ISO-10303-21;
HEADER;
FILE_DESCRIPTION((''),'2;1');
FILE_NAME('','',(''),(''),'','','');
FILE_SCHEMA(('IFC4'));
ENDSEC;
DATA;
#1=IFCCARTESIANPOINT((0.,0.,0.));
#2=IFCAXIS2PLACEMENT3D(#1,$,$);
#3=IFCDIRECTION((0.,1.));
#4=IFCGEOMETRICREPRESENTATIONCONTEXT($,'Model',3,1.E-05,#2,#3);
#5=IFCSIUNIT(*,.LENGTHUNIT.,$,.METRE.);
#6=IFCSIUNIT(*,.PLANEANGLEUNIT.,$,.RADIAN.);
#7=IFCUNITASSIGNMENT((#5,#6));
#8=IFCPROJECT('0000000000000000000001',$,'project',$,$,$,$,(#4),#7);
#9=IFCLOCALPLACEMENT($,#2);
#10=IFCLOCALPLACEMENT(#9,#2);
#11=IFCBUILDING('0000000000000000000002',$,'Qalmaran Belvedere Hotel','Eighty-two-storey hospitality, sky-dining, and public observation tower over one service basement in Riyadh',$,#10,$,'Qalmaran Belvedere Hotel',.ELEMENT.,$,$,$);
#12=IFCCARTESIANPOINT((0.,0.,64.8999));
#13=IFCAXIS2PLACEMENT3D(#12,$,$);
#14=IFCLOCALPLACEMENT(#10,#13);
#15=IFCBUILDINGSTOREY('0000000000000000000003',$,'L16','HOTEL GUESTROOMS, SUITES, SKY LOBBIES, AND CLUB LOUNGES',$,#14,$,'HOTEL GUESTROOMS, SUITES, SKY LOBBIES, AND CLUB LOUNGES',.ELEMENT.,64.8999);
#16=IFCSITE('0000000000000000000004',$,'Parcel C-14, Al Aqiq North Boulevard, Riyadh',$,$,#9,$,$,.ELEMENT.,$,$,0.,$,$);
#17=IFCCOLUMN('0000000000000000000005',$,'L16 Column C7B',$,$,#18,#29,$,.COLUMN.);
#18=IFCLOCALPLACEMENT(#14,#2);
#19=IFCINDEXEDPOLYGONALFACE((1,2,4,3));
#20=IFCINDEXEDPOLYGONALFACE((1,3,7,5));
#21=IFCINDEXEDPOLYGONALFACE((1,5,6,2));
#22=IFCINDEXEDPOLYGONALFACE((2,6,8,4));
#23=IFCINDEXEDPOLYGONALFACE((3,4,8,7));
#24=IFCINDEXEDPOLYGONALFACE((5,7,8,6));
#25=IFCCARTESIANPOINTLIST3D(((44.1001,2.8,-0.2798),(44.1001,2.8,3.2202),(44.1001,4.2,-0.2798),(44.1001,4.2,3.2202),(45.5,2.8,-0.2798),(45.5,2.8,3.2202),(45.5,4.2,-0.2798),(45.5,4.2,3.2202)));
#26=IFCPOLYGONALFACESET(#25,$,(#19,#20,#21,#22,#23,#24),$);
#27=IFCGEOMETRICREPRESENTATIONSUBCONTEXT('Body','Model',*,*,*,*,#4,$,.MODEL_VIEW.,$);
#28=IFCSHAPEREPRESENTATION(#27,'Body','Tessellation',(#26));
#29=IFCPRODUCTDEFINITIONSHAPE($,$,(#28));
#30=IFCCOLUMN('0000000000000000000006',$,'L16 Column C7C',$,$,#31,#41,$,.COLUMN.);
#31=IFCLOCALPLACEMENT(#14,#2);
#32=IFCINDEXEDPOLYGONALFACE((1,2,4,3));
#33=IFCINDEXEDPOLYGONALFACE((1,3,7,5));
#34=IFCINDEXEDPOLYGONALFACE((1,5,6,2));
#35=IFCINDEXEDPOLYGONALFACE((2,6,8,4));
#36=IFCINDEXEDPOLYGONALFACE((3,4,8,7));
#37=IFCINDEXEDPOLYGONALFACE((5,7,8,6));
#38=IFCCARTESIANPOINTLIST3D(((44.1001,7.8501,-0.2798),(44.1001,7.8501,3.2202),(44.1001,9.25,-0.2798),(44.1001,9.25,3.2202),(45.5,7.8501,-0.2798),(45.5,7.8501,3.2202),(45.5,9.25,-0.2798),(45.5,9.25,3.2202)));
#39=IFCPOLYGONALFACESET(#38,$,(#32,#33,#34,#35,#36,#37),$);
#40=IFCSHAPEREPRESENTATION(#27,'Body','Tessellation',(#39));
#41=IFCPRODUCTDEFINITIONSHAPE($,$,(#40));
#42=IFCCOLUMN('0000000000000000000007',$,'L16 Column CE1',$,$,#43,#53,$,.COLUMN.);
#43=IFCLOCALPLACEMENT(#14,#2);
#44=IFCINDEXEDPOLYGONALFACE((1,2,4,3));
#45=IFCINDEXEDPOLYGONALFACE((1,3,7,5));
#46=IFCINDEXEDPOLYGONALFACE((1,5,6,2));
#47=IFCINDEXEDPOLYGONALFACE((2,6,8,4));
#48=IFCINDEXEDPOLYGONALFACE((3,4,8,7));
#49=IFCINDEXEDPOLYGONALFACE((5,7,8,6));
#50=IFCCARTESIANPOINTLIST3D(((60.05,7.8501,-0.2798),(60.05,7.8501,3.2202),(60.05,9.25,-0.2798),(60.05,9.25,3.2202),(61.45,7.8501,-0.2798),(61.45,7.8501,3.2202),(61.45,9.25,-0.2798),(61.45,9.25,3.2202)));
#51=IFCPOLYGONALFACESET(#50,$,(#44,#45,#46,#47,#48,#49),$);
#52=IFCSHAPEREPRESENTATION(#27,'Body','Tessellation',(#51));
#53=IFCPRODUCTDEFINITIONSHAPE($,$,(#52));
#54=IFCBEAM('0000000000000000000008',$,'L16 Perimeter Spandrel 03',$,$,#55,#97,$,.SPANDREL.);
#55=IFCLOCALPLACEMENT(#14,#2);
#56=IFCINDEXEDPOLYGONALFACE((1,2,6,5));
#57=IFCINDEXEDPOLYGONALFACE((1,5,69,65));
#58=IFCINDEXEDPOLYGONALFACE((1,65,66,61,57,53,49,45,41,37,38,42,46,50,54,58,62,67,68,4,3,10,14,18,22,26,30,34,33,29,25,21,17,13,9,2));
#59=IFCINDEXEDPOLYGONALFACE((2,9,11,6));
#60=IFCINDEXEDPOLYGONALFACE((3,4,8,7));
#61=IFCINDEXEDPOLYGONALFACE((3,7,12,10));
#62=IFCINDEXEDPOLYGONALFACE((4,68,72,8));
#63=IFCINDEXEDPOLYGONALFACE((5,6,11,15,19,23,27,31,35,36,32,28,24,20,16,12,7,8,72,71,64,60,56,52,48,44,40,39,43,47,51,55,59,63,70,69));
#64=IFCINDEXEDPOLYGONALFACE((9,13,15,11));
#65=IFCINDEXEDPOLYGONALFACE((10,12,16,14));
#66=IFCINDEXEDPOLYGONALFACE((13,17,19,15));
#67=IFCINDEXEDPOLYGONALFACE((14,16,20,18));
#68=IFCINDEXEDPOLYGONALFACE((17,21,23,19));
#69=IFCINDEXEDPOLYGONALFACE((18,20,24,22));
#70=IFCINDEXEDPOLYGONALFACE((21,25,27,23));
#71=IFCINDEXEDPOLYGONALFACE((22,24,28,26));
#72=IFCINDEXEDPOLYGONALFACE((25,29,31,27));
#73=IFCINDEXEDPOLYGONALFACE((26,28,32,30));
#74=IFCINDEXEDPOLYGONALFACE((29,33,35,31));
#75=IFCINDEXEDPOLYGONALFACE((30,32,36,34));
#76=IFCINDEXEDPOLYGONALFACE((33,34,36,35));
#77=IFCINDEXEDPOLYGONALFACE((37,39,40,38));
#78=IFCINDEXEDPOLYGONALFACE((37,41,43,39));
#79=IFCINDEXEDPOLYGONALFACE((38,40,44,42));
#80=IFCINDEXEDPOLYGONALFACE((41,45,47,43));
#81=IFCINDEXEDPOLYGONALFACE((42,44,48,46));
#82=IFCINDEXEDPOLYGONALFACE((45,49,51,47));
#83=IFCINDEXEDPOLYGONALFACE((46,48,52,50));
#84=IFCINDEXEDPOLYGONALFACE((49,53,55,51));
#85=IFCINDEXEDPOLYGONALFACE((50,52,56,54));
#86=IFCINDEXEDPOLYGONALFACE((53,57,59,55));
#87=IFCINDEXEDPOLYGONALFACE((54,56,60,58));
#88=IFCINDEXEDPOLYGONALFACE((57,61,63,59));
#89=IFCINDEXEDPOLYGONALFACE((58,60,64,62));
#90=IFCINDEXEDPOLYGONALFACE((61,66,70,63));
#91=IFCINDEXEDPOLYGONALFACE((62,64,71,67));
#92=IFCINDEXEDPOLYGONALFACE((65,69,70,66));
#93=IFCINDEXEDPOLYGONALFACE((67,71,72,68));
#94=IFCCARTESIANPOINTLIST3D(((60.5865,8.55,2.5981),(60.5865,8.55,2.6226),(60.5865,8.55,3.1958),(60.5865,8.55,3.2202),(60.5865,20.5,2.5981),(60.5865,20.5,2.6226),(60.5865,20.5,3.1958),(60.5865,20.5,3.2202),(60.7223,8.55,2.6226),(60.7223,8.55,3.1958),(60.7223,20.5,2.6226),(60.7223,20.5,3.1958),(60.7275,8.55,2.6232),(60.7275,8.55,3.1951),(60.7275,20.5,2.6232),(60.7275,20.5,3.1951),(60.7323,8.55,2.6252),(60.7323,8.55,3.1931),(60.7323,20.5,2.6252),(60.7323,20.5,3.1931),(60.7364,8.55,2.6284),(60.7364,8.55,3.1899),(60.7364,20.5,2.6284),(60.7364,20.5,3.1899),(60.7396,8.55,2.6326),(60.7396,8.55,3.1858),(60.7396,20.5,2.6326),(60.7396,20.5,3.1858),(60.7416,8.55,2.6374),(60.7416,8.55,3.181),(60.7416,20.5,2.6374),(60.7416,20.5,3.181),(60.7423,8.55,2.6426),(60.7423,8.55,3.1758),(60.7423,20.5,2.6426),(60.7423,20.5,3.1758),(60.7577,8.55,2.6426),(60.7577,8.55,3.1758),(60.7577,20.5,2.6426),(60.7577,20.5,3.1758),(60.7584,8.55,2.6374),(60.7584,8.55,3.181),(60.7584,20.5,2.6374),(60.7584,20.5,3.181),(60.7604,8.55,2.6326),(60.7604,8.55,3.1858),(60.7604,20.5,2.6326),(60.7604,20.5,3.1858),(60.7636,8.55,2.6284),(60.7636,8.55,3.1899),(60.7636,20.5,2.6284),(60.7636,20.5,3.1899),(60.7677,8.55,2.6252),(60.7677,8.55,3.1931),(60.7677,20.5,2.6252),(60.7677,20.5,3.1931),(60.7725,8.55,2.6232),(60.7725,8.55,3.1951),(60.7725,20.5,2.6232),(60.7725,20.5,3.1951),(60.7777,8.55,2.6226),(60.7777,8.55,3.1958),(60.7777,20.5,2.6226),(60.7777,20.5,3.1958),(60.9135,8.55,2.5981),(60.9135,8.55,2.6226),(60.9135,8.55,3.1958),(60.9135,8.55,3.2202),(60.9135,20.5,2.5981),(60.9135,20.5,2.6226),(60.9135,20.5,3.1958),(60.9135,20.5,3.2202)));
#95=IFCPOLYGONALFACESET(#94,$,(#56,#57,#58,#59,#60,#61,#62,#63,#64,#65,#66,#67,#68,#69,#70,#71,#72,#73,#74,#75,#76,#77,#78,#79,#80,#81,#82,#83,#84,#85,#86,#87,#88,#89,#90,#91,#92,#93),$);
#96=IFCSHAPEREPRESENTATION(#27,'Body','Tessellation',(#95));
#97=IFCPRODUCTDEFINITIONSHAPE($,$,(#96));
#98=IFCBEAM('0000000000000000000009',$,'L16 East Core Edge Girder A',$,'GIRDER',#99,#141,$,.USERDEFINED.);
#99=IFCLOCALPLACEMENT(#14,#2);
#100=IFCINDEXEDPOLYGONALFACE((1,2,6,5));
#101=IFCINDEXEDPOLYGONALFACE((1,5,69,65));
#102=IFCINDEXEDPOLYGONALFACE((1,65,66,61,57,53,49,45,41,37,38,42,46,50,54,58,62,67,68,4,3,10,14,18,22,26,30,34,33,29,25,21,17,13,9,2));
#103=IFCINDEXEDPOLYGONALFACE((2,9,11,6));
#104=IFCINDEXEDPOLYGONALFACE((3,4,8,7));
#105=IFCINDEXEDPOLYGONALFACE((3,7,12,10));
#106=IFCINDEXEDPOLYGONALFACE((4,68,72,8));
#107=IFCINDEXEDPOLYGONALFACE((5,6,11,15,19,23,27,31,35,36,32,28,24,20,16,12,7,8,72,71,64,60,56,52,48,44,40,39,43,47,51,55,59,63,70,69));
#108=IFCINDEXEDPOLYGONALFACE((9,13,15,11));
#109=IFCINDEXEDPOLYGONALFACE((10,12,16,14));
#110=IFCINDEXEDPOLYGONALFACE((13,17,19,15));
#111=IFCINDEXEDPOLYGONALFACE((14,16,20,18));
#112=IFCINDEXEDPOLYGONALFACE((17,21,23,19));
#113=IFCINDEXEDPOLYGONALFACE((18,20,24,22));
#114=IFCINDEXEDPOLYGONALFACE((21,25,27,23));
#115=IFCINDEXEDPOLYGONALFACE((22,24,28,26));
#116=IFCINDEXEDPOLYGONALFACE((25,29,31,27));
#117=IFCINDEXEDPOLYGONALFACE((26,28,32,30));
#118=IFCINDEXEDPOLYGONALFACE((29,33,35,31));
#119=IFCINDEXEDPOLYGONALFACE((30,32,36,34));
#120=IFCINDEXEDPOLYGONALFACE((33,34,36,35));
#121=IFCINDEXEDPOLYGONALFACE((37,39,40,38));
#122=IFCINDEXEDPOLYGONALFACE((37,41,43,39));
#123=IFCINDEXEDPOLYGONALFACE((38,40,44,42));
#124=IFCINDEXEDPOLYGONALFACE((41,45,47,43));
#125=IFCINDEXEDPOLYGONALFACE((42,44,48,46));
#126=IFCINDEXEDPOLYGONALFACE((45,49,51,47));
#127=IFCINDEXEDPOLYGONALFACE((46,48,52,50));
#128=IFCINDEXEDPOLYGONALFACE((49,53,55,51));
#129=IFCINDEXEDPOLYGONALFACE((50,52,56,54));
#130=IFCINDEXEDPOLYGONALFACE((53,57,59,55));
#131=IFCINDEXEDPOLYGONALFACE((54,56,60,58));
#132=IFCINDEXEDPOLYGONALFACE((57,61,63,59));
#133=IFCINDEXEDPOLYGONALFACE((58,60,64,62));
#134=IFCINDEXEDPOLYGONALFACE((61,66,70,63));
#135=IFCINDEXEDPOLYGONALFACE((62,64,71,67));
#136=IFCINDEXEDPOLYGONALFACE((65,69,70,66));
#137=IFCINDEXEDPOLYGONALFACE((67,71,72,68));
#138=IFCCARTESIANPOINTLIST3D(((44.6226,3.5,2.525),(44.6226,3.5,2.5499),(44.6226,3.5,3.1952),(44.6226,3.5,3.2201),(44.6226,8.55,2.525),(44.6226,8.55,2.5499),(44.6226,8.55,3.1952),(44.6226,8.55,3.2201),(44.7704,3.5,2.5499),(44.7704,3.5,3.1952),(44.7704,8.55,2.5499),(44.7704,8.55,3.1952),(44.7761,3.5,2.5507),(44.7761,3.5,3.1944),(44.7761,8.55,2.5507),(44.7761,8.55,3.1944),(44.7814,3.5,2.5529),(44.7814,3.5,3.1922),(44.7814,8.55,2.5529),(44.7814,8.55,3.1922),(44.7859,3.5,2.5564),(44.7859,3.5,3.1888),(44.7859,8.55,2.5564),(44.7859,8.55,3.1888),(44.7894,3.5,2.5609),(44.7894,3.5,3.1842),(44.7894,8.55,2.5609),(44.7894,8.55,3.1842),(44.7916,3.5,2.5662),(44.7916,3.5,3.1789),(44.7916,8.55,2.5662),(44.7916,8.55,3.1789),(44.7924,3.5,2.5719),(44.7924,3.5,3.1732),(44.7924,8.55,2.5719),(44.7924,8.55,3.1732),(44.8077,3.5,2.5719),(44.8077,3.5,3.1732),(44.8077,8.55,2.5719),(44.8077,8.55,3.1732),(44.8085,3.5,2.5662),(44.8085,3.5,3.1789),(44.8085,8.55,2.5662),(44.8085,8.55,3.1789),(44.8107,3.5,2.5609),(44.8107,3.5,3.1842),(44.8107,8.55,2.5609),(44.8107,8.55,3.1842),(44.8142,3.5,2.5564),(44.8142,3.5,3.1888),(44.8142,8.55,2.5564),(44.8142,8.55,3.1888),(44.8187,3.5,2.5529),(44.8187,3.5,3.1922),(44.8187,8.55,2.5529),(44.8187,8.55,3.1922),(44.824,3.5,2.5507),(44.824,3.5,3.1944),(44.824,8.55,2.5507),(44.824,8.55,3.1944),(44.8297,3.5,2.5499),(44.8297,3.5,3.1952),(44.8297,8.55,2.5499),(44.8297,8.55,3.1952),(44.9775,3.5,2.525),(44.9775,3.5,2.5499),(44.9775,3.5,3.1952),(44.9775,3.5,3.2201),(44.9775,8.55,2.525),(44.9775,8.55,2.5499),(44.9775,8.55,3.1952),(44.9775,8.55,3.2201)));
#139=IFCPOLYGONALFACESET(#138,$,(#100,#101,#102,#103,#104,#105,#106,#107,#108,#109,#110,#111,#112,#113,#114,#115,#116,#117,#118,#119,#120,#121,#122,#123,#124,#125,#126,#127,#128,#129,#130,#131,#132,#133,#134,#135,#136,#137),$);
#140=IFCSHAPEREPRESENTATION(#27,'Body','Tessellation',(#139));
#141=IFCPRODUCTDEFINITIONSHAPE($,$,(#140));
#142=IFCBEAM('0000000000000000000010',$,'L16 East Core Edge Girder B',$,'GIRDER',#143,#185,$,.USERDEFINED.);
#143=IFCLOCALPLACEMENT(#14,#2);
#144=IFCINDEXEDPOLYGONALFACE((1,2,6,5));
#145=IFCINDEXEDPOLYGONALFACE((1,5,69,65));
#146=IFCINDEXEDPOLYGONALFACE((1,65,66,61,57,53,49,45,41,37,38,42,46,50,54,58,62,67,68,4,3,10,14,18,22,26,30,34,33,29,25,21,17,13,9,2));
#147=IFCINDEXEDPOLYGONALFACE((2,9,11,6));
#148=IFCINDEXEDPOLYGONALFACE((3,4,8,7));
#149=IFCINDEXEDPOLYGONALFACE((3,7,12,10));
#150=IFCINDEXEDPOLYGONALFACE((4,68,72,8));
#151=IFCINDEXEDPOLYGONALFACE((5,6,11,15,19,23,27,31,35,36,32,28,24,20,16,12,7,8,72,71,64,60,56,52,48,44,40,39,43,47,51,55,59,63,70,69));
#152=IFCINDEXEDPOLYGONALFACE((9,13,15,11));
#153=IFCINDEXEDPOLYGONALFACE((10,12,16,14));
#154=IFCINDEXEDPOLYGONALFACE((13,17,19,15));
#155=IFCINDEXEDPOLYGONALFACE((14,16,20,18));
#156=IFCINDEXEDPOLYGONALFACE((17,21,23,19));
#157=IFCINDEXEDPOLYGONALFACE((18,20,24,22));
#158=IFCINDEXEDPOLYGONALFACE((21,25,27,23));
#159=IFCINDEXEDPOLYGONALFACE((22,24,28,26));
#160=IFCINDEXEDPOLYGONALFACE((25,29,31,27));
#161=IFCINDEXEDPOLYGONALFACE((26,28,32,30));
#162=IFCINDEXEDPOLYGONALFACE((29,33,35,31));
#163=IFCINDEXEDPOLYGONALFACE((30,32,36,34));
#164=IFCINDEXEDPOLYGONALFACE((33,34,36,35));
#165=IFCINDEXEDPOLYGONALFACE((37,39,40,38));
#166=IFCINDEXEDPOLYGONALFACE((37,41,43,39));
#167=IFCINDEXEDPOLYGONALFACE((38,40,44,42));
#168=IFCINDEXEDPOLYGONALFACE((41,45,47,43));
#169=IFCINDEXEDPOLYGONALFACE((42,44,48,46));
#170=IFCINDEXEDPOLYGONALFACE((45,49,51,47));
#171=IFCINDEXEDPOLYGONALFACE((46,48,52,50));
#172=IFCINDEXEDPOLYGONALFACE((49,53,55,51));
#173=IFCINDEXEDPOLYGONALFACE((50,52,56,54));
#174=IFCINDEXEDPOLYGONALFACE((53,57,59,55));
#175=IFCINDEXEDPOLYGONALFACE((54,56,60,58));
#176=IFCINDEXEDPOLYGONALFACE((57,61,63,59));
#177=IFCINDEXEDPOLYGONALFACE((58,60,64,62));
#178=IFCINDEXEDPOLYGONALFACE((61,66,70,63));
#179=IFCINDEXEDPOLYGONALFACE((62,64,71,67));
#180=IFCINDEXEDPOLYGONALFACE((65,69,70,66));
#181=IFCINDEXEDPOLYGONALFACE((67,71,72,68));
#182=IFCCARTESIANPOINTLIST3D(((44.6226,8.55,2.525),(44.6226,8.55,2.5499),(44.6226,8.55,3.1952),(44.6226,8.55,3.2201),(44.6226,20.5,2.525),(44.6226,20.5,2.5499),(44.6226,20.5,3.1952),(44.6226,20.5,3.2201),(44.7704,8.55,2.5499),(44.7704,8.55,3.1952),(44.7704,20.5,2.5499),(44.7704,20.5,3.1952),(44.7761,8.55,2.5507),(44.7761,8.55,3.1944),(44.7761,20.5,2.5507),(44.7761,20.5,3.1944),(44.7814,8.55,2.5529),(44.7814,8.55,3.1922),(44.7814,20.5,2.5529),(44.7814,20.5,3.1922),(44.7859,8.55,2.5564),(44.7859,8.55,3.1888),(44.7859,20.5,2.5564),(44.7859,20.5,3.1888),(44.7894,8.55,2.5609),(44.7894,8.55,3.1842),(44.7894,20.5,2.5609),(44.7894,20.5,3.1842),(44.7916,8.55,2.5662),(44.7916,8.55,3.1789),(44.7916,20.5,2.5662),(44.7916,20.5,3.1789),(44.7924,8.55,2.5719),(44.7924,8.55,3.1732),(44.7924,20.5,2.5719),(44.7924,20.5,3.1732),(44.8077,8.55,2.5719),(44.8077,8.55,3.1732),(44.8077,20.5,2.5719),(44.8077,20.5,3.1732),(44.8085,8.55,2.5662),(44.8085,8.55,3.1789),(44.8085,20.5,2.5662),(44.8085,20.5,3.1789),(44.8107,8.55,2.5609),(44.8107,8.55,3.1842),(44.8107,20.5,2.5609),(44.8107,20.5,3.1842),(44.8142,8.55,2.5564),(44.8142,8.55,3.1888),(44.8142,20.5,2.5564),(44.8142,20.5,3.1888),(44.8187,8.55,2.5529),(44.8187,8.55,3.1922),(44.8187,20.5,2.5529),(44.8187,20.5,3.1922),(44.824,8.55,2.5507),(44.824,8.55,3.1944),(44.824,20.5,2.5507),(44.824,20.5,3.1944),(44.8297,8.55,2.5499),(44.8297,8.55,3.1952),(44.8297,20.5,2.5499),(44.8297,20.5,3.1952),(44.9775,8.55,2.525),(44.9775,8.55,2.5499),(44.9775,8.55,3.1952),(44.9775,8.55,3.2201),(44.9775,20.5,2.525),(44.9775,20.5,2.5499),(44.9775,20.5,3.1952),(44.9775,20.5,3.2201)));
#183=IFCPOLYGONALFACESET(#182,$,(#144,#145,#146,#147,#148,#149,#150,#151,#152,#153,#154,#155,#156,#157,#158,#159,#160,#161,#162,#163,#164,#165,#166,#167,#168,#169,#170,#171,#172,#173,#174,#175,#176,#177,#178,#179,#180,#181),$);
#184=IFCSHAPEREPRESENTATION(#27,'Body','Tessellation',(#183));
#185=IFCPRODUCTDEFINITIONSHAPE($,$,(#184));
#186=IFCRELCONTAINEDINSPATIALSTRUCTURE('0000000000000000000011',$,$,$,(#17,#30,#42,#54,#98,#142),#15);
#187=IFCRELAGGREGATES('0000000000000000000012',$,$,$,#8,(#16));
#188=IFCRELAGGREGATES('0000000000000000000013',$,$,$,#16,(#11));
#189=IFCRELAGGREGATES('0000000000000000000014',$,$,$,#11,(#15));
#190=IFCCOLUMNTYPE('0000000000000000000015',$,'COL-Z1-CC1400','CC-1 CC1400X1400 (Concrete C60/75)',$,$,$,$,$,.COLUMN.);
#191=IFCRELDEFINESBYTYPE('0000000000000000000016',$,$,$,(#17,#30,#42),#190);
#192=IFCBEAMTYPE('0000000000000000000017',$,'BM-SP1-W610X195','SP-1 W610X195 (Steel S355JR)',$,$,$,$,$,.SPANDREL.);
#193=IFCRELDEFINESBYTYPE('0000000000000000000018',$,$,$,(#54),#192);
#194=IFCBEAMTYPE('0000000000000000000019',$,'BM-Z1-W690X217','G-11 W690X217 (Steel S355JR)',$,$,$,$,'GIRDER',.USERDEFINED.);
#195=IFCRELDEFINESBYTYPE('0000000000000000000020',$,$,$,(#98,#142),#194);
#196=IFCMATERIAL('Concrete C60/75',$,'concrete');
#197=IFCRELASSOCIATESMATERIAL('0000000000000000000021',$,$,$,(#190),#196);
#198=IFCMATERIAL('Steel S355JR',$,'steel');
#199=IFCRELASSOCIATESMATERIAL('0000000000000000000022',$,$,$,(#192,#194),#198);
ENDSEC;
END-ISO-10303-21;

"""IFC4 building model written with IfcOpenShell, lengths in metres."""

from ifc_helpers import new_model, si_unit, direction, frame, origin, origin_2d, place, context, subcontext, project, spatial, rectangle, i_section, extrude, material, material_profile, profile_set, type_object, element, save


model = new_model("IFC4")

# Units and contexts
model_context = context("Model", 3, precision=1e-05, world=origin(), true_north=direction((0.0, 1.0)))
body_context = subcontext(model_context, "Body", "Model", "MODEL_VIEW")
ifc_project = project(units=[si_unit("LENGTHUNIT", "METRE"), si_unit("PLANEANGLEUNIT", "RADIAN")], contexts=[model_context])

# Site, building, storey
site_placement = place(None, origin())
site = spatial("IfcSite", under=ifc_project, at=site_placement, Name="Parcel C-14, Al Aqiq North Boulevard, Riyadh", CompositionType="ELEMENT", RefElevation=0.0)
building_placement = place(site_placement, origin())
building = spatial("IfcBuilding", under=site, at=building_placement, Name="Qalmaran Belvedere Hotel", Description="Eighty-two-storey hospitality, sky-dining, and public observation tower over one service basement in Riyadh", LongName="Qalmaran Belvedere Hotel", CompositionType="ELEMENT")
storey_placement = place(building_placement, frame((0.0, 0.0, 64.8999)))
storey = spatial("IfcBuildingStorey", under=building, at=storey_placement, Name="L16", Description="HOTEL GUESTROOMS, SUITES, SKY LOBBIES, AND CLUB LOUNGES", LongName="HOTEL GUESTROOMS, SUITES, SKY LOBBIES, AND CLUB LOUNGES", CompositionType="ELEMENT", Elevation=64.8999)

# Columns
ifc_material_1 = material(Name="Concrete C60/75", Category="concrete")
ifc_material_profile_1 = material_profile(ifc_material_1, rectangle(XDim=1.3999, YDim=1.3999, at=origin_2d()), Name="CC1400X1400")
ifc_profile_set_1 = profile_set([ifc_material_profile_1], Name="Concrete C60/75")
column_type = type_object("IfcColumnType", Name="COL-Z1-CC1400", Description="CC-1 CC1400X1400 (Concrete C60/75)", PredefinedType="COLUMN", material=ifc_profile_set_1)
for number, where, z_axis, x_axis, name in (
    (1, (44.8, 3.5, -0.2798), (0.0, 0.0, 1.0), (1.0, 0.0, 0.0), "L16 Column C7B"),
    (2, (44.8, 8.55, -0.2798), (0.0, 0.0, 1.0), (1.0, 0.0, 0.0), "L16 Column C7C"),
    (3, (60.75, 8.55, -0.2798), (0.0, 0.0, 1.0), (1.0, 0.0, 0.0), "L16 Column CE1"),
):
    element("IfcColumn", number, at=place(storey_placement, frame(where, z_axis=z_axis, x_axis=x_axis)), inside=storey, type_object=column_type, Name=name, PredefinedType="COLUMN", context=body_context, shape_type="SweptSolid", body=[
        extrude(rectangle(XDim=1.3999, YDim=1.3999, at=origin_2d()), origin(), (0.0, 0.0, 1.0), 3.5),
    ])

# Beams
ifc_material_2 = material(Name="Steel S355JR", Category="steel")
ifc_material_profile_2 = material_profile(ifc_material_2, i_section(OverallWidth=0.3269, OverallDepth=0.6221, WebThickness=0.0154, FlangeThickness=0.0244, FilletRadius=0.02, at=origin_2d()), Name="W610X195")
ifc_profile_set_2 = profile_set([ifc_material_profile_2], Name="Steel S355JR")
beam_type_1 = type_object("IfcBeamType", Name="BM-SP1-W610X195", Description="SP-1 W610X195 (Steel S355JR)", PredefinedType="SPANDREL", material=ifc_profile_set_2)
beam_1_placement = place(storey_placement, frame((60.75, 8.55, 2.9092), z_axis=(0.0, 1.0, 0.0), x_axis=(-1.0, 0.0, 0.0)))
element("IfcBeam", 4, at=beam_1_placement, inside=storey, type_object=beam_type_1, Name="L16 Perimeter Spandrel 03", PredefinedType="SPANDREL", context=body_context, shape_type="SweptSolid", body=[
    extrude(i_section(OverallWidth=0.3269, OverallDepth=0.6221, WebThickness=0.0154, FlangeThickness=0.0244, FilletRadius=0.02, at=origin_2d()), origin(), (0.0, 0.0, 1.0), 11.95),
])
ifc_material_profile_3 = material_profile(ifc_material_2, i_section(OverallWidth=0.355, OverallDepth=0.6951, WebThickness=0.0154, FlangeThickness=0.0249, FilletRadius=0.022, at=origin_2d()), Name="W690X217")
ifc_profile_set_3 = profile_set([ifc_material_profile_3], Name="Steel S355JR")
beam_type_2 = type_object("IfcBeamType", Name="BM-Z1-W690X217", Description="G-11 W690X217 (Steel S355JR)", ElementType="GIRDER", PredefinedType="USERDEFINED", material=ifc_profile_set_3)
beam_2_placement = place(storey_placement, frame((44.8, 3.5, 2.8726), z_axis=(0.0, 1.0, 0.0), x_axis=(-1.0, 0.0, 0.0)))
element("IfcBeam", 5, at=beam_2_placement, inside=storey, type_object=beam_type_2, Name="L16 East Core Edge Girder A", ObjectType="GIRDER", PredefinedType="USERDEFINED", context=body_context, shape_type="SweptSolid", body=[
    extrude(i_section(OverallWidth=0.355, OverallDepth=0.6951, WebThickness=0.0154, FlangeThickness=0.0249, FilletRadius=0.022, at=origin_2d()), origin(), (0.0, 0.0, 1.0), 5.05),
])
beam_3_placement = place(storey_placement, frame((44.8, 8.55, 2.8726), z_axis=(0.0, 1.0, 0.0), x_axis=(-1.0, 0.0, 0.0)))
element("IfcBeam", 6, at=beam_3_placement, inside=storey, type_object=beam_type_2, Name="L16 East Core Edge Girder B", ObjectType="GIRDER", PredefinedType="USERDEFINED", context=body_context, shape_type="SweptSolid", body=[
    extrude(i_section(OverallWidth=0.355, OverallDepth=0.6951, WebThickness=0.0154, FlangeThickness=0.0249, FilletRadius=0.022, at=origin_2d()), origin(), (0.0, 0.0, 1.0), 11.95),
])

save(model, "model.ifc")
